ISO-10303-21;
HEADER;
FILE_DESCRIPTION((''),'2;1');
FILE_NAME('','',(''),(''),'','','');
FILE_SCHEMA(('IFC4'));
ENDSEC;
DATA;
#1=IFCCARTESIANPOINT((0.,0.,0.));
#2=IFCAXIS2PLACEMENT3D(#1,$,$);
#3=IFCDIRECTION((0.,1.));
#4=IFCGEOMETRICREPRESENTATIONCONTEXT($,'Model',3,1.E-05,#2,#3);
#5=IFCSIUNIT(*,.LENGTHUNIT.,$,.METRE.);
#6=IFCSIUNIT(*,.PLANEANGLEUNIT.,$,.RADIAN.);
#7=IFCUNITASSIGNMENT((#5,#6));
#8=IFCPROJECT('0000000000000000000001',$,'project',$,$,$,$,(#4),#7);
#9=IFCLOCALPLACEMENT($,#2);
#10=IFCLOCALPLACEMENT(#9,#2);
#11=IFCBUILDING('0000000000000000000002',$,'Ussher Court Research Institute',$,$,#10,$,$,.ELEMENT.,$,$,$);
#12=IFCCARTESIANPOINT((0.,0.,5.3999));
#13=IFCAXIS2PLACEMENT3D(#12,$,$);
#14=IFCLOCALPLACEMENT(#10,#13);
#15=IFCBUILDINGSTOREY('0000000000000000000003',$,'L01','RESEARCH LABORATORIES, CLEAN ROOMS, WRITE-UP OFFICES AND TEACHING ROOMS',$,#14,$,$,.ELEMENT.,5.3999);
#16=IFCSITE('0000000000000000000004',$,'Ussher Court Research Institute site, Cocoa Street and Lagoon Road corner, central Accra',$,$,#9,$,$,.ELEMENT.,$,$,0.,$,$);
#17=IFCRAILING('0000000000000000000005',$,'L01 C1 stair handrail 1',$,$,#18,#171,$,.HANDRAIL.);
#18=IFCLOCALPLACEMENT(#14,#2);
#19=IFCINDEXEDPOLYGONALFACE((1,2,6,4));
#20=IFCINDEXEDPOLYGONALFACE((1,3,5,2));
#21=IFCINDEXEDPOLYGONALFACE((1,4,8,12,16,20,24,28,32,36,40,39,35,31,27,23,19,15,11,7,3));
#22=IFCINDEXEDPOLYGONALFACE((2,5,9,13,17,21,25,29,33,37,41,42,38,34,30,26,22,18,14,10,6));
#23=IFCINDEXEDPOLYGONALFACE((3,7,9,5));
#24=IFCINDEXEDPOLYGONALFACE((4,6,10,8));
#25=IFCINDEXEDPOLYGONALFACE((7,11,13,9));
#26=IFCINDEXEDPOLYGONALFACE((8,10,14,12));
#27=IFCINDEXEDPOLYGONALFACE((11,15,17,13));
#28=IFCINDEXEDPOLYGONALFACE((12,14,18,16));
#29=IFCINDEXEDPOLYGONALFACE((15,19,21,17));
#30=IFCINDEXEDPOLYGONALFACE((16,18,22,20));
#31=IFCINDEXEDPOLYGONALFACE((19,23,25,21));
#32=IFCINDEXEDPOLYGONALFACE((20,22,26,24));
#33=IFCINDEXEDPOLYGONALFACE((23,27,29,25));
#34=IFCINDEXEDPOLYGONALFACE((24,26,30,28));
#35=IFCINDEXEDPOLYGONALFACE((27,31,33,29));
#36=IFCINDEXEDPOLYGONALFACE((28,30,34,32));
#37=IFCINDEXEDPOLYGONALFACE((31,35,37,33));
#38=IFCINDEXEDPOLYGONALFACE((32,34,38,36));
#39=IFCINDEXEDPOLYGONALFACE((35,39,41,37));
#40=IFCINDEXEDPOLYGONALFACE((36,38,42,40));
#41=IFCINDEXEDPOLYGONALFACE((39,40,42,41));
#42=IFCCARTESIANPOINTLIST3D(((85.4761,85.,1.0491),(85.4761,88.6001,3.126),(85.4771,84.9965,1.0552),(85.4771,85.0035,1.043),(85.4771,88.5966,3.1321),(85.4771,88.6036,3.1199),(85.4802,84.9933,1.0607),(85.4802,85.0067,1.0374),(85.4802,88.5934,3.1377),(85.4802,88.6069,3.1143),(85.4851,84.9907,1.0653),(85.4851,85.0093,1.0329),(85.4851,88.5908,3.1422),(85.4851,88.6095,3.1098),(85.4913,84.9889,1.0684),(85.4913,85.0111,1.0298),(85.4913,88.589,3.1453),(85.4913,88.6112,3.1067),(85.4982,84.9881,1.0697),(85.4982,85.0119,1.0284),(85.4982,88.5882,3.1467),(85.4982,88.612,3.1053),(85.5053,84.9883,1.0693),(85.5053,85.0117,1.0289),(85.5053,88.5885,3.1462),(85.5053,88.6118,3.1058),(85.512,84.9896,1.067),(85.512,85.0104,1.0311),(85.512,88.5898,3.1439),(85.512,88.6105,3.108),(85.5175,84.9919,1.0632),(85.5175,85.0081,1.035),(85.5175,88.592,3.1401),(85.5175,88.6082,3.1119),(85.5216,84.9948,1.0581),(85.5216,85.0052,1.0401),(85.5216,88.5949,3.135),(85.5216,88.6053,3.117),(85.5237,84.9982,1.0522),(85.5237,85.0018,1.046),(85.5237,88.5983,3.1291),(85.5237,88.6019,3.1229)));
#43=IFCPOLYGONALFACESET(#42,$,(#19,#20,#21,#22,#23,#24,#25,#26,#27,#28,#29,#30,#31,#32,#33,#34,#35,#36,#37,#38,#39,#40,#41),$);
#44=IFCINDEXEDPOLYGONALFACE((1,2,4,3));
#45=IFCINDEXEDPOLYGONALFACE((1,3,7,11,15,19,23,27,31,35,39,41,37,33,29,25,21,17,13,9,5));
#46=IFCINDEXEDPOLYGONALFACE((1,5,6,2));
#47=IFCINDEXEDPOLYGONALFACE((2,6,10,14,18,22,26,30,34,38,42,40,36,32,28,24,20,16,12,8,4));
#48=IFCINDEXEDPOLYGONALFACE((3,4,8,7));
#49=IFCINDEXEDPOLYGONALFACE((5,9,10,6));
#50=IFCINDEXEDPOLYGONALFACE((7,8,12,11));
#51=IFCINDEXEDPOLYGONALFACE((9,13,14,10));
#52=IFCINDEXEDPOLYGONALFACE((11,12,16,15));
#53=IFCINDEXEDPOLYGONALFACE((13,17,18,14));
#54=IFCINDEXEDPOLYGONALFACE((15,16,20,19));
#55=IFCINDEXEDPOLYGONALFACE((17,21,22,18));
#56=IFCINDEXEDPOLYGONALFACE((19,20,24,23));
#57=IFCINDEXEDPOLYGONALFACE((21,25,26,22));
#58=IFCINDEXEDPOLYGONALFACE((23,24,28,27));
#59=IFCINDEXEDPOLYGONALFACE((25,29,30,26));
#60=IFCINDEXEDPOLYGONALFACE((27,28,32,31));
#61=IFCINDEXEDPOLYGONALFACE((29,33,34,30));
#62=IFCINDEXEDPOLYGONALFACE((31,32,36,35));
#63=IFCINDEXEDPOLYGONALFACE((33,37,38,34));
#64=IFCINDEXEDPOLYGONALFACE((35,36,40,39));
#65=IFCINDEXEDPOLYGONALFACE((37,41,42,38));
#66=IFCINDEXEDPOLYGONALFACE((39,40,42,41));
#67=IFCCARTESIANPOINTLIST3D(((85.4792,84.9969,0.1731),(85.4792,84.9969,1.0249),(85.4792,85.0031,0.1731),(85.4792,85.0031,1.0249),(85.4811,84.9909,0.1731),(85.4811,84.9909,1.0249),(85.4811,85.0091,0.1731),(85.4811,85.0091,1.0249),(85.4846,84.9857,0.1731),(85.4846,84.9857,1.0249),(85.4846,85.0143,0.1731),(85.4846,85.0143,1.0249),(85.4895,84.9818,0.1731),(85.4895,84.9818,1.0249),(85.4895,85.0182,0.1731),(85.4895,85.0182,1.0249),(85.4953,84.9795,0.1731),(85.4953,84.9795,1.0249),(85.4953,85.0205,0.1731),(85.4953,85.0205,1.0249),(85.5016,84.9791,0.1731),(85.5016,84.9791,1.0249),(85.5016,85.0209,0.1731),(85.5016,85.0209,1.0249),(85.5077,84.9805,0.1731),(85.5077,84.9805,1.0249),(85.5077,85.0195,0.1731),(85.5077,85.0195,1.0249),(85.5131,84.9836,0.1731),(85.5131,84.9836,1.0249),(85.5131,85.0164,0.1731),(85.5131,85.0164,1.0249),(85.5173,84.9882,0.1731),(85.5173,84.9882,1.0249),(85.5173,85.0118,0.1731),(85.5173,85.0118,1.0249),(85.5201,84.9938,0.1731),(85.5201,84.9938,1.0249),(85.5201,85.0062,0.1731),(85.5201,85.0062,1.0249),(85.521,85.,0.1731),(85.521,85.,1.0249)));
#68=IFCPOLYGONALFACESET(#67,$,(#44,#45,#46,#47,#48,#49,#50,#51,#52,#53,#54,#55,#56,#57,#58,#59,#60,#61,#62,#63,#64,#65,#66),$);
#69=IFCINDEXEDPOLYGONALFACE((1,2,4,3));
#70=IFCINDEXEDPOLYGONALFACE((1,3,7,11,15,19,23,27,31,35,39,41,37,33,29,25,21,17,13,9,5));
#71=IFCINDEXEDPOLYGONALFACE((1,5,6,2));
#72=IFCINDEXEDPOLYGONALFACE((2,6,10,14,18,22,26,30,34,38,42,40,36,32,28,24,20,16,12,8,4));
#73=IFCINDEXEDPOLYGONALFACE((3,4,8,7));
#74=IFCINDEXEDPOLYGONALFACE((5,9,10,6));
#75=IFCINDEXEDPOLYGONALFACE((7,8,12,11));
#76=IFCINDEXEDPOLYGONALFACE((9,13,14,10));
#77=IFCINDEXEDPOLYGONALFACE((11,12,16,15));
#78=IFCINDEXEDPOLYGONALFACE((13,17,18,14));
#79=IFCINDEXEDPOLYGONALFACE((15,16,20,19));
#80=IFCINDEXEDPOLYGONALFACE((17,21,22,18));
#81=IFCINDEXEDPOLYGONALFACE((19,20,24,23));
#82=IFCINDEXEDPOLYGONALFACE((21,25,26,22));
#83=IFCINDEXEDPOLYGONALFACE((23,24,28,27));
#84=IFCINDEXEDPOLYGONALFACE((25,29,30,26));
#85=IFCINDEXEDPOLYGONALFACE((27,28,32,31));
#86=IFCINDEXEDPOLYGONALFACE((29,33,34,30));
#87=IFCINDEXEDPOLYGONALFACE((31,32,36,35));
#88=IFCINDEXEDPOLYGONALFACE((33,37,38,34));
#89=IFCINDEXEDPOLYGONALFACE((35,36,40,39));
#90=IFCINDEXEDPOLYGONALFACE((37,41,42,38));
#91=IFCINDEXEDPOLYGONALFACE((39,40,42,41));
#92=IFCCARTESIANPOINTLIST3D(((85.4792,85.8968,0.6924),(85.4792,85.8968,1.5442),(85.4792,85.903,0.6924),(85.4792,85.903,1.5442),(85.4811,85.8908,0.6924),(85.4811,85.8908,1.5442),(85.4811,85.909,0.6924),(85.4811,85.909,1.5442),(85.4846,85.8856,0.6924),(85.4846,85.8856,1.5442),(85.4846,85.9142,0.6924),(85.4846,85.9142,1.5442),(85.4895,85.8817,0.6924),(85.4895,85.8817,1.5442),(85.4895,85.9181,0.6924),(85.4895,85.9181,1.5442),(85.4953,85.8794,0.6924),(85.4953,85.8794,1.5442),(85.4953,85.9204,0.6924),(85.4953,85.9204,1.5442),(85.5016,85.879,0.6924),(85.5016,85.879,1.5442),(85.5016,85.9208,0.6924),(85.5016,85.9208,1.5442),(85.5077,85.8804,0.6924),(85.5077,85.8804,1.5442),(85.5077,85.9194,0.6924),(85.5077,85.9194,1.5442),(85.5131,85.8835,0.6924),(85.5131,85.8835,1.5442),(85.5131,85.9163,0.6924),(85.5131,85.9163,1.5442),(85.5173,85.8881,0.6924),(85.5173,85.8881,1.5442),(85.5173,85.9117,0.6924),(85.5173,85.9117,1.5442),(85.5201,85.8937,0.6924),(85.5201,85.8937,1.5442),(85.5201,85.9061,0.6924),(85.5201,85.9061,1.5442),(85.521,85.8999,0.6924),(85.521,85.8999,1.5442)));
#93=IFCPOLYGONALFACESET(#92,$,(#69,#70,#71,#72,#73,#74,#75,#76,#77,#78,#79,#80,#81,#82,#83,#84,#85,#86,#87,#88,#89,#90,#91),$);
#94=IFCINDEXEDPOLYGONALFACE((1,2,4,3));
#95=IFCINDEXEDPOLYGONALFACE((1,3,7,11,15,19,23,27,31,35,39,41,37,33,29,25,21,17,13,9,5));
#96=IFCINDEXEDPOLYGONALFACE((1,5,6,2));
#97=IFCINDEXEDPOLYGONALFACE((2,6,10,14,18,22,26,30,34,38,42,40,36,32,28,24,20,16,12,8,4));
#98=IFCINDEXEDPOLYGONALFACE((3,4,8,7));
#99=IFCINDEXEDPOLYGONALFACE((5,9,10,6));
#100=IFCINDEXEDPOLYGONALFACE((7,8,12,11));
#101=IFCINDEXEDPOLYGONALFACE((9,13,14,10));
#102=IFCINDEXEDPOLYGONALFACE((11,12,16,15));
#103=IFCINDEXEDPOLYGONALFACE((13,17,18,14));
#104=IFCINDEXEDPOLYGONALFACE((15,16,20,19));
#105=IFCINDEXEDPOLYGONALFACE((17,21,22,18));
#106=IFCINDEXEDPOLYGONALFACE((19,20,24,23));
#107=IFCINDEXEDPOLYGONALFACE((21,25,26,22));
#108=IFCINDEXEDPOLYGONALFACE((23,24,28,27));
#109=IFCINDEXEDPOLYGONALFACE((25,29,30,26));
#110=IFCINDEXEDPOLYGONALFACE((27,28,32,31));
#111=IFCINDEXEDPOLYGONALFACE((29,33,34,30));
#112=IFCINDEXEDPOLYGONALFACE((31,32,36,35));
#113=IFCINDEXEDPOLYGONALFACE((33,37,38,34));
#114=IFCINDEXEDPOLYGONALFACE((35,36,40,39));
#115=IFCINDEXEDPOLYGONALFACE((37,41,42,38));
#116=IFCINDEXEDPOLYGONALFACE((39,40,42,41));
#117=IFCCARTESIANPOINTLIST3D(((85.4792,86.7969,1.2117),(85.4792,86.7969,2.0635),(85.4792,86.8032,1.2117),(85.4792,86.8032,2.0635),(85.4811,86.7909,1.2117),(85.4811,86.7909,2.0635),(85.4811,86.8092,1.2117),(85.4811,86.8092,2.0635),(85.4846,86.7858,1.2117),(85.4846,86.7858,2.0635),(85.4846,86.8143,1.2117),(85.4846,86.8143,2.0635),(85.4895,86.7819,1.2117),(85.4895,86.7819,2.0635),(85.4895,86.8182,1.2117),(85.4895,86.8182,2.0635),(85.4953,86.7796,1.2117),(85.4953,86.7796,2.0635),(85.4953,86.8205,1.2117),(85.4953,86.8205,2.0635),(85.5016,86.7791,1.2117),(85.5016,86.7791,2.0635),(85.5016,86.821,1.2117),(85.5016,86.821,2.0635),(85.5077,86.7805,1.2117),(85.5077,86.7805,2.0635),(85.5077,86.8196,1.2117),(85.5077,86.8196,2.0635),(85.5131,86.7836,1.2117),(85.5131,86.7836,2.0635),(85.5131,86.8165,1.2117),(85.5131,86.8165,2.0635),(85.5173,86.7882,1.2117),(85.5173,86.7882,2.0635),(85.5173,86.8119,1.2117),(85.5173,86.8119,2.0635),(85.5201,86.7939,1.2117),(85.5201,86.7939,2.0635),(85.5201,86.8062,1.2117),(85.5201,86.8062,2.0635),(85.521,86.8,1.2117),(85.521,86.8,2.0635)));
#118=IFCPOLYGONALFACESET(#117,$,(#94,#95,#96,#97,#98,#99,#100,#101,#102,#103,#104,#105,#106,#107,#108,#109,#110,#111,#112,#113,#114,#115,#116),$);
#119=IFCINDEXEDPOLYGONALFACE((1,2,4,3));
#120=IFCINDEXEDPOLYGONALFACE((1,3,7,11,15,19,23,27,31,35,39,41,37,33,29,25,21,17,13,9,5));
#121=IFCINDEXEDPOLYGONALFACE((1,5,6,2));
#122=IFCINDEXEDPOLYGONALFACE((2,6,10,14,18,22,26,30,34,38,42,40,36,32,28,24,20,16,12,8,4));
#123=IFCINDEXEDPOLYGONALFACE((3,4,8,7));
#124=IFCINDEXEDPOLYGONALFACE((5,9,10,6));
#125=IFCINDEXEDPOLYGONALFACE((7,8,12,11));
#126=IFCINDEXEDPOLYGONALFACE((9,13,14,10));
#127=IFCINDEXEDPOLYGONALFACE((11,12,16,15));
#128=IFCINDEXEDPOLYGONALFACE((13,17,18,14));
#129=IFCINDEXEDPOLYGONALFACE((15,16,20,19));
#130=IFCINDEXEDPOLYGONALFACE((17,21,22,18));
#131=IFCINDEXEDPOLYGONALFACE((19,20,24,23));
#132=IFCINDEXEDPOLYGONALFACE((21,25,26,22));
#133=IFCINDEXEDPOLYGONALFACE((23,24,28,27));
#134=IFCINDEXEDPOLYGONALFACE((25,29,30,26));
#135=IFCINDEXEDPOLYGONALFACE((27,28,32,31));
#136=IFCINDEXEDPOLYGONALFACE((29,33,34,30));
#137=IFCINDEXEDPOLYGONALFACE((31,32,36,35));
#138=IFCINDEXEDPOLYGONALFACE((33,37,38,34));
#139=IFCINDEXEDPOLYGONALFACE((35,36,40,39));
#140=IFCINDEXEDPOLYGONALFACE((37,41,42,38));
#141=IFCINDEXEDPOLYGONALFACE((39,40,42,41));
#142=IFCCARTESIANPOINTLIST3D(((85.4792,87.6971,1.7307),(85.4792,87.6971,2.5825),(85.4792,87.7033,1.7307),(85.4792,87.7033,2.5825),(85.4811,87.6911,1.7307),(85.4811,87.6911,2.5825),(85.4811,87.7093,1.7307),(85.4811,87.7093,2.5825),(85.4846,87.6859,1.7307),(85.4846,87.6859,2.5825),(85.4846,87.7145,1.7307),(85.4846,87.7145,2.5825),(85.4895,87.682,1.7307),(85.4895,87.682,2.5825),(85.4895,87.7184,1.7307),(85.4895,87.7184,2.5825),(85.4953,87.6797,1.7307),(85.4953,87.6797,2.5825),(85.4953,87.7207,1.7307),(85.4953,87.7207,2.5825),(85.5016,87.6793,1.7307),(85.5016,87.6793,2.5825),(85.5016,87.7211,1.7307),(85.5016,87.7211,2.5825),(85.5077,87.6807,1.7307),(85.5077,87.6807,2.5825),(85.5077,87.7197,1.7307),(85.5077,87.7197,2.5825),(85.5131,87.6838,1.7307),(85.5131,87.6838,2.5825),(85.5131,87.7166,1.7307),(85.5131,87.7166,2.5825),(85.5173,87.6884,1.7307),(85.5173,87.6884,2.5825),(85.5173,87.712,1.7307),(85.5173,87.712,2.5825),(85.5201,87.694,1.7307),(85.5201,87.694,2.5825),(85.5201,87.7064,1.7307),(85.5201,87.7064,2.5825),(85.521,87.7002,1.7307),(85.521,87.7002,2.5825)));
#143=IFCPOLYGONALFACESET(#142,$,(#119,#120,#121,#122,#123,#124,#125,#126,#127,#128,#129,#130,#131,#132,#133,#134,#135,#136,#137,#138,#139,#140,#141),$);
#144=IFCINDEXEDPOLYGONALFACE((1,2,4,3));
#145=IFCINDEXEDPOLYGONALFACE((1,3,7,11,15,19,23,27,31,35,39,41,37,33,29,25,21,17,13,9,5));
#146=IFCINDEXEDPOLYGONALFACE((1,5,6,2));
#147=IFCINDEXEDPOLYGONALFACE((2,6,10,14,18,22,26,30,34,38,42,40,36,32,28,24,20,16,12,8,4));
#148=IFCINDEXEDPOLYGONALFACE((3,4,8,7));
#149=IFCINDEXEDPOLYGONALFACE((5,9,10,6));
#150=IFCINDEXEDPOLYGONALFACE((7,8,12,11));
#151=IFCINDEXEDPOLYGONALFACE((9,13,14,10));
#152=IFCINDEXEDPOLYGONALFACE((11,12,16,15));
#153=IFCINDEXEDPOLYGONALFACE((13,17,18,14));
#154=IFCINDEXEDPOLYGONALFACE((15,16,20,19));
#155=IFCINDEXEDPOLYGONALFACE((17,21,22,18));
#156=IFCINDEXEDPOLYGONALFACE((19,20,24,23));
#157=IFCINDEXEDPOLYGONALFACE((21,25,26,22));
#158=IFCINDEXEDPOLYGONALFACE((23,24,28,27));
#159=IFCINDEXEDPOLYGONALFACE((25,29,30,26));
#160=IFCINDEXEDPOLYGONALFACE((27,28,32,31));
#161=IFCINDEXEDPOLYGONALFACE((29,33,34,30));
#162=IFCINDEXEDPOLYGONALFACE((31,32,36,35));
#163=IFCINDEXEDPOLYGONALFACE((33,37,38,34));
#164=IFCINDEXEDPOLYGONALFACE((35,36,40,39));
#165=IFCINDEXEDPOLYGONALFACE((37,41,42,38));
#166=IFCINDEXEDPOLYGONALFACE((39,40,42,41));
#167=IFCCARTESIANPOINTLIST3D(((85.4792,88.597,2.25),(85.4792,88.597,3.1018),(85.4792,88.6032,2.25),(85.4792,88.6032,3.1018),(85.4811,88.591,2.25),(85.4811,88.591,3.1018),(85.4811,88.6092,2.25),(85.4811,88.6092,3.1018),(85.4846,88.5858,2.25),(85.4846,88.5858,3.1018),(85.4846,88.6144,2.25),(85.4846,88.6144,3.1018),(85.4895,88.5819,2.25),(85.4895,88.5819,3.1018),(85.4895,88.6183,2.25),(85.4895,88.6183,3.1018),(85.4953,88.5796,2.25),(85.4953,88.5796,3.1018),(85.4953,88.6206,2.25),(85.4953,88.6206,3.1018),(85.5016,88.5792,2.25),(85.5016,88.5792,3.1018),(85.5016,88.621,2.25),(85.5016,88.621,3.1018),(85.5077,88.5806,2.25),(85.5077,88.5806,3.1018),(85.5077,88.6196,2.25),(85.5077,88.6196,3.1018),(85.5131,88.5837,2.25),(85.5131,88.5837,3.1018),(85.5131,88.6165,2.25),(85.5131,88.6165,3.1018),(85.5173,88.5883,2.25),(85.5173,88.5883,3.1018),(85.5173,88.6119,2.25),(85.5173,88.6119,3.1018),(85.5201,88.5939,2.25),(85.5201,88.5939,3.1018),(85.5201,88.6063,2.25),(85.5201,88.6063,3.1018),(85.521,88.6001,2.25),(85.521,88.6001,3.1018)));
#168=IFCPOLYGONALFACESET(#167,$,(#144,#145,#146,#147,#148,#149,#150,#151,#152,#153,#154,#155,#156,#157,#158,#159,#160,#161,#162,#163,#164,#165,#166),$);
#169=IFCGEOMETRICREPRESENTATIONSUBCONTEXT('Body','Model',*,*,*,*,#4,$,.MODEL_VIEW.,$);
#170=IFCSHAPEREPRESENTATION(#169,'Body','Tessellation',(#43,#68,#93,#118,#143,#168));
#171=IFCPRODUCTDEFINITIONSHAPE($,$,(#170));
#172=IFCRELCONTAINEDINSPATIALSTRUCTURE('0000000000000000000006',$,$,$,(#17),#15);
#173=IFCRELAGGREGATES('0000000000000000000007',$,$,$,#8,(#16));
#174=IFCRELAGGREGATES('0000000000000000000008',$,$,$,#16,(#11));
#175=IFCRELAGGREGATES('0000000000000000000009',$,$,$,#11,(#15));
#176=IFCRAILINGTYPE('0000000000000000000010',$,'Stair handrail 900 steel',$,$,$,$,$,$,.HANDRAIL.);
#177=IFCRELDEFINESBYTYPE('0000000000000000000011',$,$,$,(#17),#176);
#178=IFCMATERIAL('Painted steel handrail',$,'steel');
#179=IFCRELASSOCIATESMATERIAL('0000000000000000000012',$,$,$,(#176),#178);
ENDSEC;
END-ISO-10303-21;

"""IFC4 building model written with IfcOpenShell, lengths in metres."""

from ifc_helpers import new_model, si_unit, direction, frame, origin, origin_2d, place, context, subcontext, project, spatial, circle, extrude, material, type_object, element, save


model = new_model("IFC4")

# Units and contexts
model_context = context("Model", 3, precision=1e-05, world=origin(), true_north=direction((0.0, 1.0)))
body_context = subcontext(model_context, "Body", "Model", "MODEL_VIEW")
ifc_project = project(units=[si_unit("LENGTHUNIT", "METRE"), si_unit("PLANEANGLEUNIT", "RADIAN")], contexts=[model_context])

# Site, building, storey
site_placement = place(None, origin())
site = spatial("IfcSite", under=ifc_project, at=site_placement, Name="Ussher Court Research Institute site, Cocoa Street and Lagoon Road corner, central Accra", CompositionType="ELEMENT", RefElevation=0.0)
building_placement = place(site_placement, origin())
building = spatial("IfcBuilding", under=site, at=building_placement, Name="Ussher Court Research Institute", CompositionType="ELEMENT")
storey_placement = place(building_placement, frame((0.0, 0.0, 5.3999)))
storey = spatial("IfcBuildingStorey", under=building, at=storey_placement, Name="L01", Description="RESEARCH LABORATORIES, CLEAN ROOMS, WRITE-UP OFFICES AND TEACHING ROOMS", CompositionType="ELEMENT", Elevation=5.3999)

# Railing
ifc_material_1 = material(Name="Painted steel handrail", Category="steel")
railing_type_1 = type_object("IfcRailingType", Name="Stair handrail 900 steel", PredefinedType="HANDRAIL", material=ifc_material_1)
railing_1_placement = place(storey_placement, frame((85.5, 85.0, 0.1731)))
element("IfcRailing", 1, at=railing_1_placement, inside=storey, type_object=railing_type_1, Name="L01 C1 stair handrail 1", PredefinedType="HANDRAIL", context=body_context, shape_type="SweptSolid", body=[
    extrude(circle(Radius=0.0239, at=origin_2d()), frame((0.0, 0.0, 0.876), z_axis=(0.0, 0.866193, 0.499709), x_axis=(-1.0, 0.0, 0.0)), (0.0, 0.0, 1.0), 4.1562),
    extrude(circle(Radius=0.021, at=origin_2d()), origin(), (0.0, 0.0, 1.0), 0.8518),
    extrude(circle(Radius=0.021, at=origin_2d()), frame((0.0, 0.8999, 0.5193)), (0.0, 0.0, 1.0), 0.8518),
    extrude(circle(Radius=0.021, at=origin_2d()), frame((0.0, 1.8, 1.0386)), (0.0, 0.0, 1.0), 0.8518),
    extrude(circle(Radius=0.021, at=origin_2d()), frame((0.0, 2.7002, 1.5576)), (0.0, 0.0, 1.0), 0.8518),
    extrude(circle(Radius=0.021, at=origin_2d()), frame((0.0, 3.6001, 2.0769)), (0.0, 0.0, 1.0), 0.8518),
])

save(model, "model.ifc")
